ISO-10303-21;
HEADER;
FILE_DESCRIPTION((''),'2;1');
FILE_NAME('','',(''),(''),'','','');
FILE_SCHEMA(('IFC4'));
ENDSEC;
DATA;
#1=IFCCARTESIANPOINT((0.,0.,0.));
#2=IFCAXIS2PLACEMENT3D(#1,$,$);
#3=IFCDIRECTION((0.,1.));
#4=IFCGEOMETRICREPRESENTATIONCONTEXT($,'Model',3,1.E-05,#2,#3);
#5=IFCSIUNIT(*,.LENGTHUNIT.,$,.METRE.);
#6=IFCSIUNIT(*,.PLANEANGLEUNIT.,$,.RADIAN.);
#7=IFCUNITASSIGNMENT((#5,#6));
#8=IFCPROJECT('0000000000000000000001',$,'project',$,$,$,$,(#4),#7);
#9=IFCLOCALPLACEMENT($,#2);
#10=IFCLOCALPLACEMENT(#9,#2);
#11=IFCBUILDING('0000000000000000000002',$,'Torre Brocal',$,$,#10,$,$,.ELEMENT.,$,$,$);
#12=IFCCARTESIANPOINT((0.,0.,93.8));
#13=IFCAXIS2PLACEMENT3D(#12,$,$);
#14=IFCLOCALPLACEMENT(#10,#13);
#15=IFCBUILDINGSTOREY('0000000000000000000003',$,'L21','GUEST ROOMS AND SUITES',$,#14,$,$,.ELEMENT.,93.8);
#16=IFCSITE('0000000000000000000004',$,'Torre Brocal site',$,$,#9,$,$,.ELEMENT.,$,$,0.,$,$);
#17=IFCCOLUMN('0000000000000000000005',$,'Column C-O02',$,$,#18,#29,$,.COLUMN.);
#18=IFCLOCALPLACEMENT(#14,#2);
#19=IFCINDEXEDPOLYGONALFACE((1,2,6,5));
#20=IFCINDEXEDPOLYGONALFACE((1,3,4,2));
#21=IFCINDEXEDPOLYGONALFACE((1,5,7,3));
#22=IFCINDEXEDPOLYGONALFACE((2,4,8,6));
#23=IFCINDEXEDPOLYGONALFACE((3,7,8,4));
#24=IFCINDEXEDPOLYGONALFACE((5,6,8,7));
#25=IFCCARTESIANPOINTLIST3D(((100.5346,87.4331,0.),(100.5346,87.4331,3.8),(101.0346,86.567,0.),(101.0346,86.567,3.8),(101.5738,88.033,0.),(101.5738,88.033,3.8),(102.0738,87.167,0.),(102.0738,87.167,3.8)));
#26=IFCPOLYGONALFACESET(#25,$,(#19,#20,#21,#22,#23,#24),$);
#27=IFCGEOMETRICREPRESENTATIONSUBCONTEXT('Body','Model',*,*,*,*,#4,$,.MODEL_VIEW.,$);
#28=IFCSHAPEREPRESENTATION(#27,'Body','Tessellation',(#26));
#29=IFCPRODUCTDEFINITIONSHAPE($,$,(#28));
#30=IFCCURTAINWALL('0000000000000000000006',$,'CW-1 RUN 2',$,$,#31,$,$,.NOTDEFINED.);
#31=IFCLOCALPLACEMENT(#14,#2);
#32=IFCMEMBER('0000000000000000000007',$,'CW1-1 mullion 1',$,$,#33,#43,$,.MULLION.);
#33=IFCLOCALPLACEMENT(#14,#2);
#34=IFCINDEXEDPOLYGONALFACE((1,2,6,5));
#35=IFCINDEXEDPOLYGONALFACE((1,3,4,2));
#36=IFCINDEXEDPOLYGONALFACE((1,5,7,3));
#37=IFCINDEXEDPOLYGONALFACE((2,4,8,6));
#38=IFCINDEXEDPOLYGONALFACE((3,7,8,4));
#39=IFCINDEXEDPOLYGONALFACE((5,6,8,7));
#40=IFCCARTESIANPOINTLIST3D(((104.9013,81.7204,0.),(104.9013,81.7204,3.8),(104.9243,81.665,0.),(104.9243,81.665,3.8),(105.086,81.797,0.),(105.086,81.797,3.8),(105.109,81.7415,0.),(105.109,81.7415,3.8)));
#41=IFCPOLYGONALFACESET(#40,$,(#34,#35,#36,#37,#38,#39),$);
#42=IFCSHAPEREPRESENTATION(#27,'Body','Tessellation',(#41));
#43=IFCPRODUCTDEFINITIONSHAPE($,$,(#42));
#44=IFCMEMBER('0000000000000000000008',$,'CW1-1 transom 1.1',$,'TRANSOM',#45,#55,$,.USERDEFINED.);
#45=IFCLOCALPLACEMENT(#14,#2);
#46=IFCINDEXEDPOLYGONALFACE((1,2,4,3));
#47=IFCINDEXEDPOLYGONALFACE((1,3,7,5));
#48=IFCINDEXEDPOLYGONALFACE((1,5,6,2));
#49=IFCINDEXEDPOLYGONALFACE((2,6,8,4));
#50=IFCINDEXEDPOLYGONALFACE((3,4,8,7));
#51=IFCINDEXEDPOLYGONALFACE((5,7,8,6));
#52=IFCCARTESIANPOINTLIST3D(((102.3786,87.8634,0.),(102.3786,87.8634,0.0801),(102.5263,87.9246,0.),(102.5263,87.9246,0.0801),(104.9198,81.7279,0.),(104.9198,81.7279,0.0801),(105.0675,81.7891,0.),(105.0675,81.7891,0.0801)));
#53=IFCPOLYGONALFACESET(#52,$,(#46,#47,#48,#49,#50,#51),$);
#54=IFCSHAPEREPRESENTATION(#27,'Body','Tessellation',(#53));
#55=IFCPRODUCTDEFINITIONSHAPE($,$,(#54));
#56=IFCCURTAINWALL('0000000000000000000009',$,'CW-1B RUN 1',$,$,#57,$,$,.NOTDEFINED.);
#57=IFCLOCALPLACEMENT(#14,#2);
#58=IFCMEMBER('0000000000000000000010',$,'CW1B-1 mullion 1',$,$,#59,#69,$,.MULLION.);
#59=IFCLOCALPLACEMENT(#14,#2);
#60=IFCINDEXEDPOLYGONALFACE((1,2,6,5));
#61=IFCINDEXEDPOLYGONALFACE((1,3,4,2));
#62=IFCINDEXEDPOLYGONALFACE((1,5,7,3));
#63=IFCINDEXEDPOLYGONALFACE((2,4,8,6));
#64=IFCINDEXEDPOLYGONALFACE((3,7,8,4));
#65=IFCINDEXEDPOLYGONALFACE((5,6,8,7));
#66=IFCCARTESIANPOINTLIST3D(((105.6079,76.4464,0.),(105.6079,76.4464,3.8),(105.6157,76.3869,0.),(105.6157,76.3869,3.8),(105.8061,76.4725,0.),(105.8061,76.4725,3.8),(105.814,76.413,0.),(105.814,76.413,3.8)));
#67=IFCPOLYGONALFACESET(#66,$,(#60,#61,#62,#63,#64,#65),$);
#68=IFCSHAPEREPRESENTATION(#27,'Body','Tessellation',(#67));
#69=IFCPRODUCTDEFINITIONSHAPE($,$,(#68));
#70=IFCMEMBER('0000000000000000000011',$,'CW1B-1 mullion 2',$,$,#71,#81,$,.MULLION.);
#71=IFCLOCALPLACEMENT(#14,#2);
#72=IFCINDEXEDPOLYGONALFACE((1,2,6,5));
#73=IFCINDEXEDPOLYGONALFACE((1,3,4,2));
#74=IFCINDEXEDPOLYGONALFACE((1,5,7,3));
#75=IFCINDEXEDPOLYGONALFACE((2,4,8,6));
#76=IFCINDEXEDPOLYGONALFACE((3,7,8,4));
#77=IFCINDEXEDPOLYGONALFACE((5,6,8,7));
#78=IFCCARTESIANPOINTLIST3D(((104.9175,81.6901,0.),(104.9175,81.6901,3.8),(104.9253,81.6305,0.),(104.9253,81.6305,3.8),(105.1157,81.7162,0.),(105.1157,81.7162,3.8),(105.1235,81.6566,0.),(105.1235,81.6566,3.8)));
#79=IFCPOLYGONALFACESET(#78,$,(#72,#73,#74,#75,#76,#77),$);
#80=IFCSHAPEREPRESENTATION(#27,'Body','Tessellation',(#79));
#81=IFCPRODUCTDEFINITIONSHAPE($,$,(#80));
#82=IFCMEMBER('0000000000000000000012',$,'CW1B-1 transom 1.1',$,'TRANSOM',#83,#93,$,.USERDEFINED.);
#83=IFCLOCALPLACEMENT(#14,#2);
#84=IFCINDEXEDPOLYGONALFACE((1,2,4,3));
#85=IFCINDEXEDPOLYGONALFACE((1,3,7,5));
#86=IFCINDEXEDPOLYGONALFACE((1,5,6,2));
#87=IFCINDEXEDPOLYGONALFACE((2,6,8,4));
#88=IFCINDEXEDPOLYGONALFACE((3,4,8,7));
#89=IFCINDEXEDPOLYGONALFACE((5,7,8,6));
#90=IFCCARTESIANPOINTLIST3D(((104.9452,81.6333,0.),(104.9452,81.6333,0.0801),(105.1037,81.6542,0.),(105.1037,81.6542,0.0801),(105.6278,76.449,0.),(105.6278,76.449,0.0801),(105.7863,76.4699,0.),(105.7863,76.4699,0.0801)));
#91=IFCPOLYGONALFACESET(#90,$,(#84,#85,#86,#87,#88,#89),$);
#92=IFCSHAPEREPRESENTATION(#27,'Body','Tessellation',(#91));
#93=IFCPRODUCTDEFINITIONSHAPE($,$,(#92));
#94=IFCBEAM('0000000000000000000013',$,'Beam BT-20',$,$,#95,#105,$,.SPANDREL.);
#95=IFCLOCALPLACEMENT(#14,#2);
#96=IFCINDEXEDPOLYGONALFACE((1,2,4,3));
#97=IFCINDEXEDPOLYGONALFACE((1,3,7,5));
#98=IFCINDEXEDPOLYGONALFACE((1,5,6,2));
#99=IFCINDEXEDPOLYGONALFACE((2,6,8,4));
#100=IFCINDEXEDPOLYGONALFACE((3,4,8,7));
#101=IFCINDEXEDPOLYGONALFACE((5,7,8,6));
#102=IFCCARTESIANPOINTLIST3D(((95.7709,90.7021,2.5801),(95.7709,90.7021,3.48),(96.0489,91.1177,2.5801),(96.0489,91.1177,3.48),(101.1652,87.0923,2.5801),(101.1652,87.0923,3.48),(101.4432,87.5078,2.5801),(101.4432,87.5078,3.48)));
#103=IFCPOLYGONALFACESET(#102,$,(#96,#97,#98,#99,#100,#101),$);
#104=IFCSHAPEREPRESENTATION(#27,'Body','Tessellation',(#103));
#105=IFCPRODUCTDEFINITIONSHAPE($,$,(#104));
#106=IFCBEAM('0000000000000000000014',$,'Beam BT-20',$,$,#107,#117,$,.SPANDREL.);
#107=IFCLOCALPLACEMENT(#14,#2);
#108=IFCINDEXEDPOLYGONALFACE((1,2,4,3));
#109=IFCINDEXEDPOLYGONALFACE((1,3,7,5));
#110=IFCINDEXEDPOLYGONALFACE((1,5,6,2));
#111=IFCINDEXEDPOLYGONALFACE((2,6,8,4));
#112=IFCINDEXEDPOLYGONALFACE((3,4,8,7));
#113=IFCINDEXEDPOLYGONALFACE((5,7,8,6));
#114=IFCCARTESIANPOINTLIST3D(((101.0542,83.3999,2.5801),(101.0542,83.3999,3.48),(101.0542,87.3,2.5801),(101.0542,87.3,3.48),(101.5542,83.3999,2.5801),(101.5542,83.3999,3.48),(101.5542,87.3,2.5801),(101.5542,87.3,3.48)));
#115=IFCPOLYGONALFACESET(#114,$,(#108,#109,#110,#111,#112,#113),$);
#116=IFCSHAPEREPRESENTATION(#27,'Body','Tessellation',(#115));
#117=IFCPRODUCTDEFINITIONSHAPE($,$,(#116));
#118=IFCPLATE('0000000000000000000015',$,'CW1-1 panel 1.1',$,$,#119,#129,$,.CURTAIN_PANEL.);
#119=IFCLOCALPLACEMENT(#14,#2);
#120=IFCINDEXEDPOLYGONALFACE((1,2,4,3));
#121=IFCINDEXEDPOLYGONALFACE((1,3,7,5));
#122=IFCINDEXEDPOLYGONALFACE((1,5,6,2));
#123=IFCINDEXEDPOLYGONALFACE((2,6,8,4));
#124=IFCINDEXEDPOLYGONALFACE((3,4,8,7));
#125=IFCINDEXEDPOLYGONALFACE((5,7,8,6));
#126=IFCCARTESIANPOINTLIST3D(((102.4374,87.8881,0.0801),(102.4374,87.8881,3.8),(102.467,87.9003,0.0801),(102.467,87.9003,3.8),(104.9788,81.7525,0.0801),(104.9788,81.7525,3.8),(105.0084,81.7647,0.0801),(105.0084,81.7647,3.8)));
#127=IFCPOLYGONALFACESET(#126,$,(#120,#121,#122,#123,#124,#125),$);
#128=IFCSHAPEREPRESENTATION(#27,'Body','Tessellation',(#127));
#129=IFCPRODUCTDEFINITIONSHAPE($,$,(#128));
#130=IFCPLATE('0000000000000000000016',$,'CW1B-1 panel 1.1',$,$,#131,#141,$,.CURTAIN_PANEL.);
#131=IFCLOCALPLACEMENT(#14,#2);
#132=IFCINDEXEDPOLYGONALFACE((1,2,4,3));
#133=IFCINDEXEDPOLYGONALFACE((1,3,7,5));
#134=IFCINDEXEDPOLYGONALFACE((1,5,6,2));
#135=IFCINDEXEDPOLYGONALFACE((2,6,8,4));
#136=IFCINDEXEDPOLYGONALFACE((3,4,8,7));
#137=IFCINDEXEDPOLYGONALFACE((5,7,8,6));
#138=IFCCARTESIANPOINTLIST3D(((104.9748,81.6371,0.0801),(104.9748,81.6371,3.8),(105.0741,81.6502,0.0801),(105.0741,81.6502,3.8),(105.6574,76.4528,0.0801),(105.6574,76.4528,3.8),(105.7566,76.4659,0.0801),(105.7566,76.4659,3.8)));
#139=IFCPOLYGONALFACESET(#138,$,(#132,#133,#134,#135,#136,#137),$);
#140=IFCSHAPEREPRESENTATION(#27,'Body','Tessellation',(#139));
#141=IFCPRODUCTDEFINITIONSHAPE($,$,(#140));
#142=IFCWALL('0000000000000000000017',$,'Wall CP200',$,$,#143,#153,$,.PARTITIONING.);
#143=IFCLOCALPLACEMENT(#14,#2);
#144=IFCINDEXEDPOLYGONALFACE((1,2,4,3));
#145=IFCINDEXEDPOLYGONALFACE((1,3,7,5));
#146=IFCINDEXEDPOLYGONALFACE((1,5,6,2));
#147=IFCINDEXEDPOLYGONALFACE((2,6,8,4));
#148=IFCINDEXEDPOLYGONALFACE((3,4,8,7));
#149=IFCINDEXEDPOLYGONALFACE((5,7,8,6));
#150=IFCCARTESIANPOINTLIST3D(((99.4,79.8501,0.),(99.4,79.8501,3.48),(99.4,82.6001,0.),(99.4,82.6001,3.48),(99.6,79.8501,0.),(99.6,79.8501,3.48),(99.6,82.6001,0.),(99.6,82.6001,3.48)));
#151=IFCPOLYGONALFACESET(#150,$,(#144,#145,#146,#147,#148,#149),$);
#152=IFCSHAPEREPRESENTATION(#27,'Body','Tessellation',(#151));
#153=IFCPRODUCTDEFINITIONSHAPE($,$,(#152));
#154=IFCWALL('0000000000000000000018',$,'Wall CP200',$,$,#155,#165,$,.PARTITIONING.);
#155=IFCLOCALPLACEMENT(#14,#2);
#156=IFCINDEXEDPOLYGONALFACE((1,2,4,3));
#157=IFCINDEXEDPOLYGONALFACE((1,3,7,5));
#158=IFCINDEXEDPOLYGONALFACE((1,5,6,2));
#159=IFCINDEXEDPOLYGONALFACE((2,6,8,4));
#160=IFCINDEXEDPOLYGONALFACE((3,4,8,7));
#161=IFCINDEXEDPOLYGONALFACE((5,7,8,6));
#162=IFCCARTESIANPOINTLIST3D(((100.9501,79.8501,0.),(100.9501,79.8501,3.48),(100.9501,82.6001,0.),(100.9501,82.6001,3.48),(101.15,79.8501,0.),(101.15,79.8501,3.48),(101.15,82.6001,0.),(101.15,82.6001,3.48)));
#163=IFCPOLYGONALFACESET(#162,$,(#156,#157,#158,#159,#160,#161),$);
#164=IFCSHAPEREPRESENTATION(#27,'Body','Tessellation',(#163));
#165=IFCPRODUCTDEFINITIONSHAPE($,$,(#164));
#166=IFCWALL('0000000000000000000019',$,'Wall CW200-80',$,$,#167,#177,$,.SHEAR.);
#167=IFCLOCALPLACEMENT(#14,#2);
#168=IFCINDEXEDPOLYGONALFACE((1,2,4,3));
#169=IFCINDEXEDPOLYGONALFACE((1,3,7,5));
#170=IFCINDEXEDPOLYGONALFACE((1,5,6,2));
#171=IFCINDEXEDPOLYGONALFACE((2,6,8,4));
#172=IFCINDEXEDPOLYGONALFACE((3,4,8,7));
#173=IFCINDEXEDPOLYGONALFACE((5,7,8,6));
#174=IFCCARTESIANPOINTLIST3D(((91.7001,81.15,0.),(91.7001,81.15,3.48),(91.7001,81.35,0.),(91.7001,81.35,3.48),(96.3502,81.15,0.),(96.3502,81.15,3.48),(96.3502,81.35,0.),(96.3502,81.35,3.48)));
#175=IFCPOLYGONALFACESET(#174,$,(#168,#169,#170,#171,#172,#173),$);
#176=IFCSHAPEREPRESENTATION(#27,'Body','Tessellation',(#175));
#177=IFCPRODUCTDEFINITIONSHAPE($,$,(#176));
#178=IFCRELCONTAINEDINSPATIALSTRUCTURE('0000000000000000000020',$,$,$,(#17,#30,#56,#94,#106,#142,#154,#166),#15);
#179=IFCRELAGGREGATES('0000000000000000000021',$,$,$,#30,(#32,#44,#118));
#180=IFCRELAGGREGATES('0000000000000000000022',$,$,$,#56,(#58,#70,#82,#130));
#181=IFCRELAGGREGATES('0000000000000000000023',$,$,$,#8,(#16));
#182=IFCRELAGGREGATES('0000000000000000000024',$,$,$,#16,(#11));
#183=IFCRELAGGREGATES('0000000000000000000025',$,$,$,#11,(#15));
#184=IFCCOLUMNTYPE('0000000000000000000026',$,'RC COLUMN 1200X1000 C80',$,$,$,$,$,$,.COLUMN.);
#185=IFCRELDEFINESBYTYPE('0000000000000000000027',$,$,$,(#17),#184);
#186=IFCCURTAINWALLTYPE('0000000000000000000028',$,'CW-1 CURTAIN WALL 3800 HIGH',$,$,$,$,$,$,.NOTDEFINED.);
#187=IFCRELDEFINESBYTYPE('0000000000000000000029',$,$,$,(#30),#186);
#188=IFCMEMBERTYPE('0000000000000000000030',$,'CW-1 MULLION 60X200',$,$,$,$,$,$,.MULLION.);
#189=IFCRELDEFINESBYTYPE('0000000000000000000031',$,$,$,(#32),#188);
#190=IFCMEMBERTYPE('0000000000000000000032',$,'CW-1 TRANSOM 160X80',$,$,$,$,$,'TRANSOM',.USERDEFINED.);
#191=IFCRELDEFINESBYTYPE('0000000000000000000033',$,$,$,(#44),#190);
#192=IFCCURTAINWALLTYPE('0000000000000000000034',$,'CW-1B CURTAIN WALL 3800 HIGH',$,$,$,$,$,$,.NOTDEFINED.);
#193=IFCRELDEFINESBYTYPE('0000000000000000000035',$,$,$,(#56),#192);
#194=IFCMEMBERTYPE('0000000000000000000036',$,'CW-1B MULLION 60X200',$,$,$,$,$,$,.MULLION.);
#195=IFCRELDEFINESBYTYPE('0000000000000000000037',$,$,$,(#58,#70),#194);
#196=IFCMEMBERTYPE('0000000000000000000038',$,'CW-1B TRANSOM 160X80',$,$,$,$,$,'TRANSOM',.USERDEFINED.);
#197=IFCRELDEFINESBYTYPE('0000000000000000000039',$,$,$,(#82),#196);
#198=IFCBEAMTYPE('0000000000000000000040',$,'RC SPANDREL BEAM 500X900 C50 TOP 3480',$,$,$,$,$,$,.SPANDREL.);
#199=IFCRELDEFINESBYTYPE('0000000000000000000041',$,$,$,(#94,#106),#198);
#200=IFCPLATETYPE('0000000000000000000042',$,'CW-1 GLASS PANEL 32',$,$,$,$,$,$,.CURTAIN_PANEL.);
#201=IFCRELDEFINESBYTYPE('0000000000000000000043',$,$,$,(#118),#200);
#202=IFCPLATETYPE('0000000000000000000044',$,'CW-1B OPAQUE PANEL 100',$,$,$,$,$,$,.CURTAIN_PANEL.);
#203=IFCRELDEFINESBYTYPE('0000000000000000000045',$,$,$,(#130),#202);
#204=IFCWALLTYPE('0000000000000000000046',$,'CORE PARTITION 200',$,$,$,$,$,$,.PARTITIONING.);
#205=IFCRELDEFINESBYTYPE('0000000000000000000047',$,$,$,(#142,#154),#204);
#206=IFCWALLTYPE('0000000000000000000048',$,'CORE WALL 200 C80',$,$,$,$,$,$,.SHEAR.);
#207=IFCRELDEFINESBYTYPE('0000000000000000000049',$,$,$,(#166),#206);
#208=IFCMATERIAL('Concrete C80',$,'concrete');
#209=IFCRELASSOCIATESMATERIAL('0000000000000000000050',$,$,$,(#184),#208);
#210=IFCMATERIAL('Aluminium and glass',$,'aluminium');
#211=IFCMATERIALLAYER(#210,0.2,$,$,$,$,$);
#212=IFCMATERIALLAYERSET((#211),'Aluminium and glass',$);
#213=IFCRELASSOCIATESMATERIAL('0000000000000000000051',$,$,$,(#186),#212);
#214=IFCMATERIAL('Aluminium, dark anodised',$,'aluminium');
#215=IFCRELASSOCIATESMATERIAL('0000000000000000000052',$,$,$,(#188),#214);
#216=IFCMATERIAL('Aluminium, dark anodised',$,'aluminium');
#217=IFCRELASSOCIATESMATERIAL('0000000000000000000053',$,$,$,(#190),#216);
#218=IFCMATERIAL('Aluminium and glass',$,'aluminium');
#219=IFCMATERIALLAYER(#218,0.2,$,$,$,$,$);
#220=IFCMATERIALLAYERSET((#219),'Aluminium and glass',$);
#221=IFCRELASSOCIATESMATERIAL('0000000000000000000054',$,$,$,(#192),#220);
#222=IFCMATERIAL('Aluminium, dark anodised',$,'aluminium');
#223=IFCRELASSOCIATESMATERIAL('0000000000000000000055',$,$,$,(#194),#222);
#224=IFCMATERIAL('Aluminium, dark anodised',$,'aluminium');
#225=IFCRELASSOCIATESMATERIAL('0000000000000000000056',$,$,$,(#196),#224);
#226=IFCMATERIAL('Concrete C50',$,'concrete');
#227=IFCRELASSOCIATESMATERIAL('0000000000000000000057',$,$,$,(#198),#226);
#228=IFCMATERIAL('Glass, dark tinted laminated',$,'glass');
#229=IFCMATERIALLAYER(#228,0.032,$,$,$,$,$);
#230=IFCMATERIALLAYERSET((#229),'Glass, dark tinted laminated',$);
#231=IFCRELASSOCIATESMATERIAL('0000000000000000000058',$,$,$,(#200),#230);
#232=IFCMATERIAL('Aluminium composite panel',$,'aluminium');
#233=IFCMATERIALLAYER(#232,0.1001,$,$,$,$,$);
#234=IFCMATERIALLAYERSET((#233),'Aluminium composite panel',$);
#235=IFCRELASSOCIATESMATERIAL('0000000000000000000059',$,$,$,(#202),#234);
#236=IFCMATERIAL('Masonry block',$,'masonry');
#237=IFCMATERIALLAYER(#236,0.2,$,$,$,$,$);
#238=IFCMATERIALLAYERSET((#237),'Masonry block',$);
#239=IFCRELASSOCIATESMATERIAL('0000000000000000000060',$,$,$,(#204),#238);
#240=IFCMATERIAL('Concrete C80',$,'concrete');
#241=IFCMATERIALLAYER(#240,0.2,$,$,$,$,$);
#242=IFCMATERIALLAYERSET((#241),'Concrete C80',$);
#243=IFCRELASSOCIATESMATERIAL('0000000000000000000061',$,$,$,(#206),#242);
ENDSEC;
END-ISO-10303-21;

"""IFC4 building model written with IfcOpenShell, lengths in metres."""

from ifc_helpers import new_model, si_unit, direction, frame, frame_2d, origin, origin_2d, place, context, subcontext, project, spatial, rectangle, extrude, material, layer, layer_set, material_profile, profile_set, type_object, element, aggregate, save


model = new_model("IFC4")

# Units and contexts
model_context = context("Model", 3, precision=1e-05, world=origin(), true_north=direction((0.0, 1.0)))
body_context = subcontext(model_context, "Body", "Model", "MODEL_VIEW")
ifc_project = project(units=[si_unit("LENGTHUNIT", "METRE"), si_unit("PLANEANGLEUNIT", "RADIAN")], contexts=[model_context])

# Site, building, storey
site_placement = place(None, origin())
site = spatial("IfcSite", under=ifc_project, at=site_placement, Name="Torre Brocal site", CompositionType="ELEMENT", RefElevation=0.0)
building_placement = place(site_placement, origin())
building = spatial("IfcBuilding", under=site, at=building_placement, Name="Torre Brocal", CompositionType="ELEMENT")
storey_placement = place(building_placement, frame((0.0, 0.0, 93.8)))
storey = spatial("IfcBuildingStorey", under=building, at=storey_placement, Name="L21", Description="GUEST ROOMS AND SUITES", CompositionType="ELEMENT", Elevation=93.8)

# Column
ifc_material_1 = material(Name="Concrete C80", Category="concrete")
ifc_material_profile_1 = material_profile(ifc_material_1, rectangle(XDim=1.2, YDim=1.0, at=origin_2d()), Name="RC 1200X1000")
ifc_profile_set_1 = profile_set([ifc_material_profile_1], Name="Concrete C80")
column_type = type_object("IfcColumnType", Name="RC COLUMN 1200X1000 C80", PredefinedType="COLUMN", material=ifc_profile_set_1)
column_placement = place(storey_placement, frame((101.3042, 87.3, 0.0), z_axis=(0.0, 0.0, 1.0), x_axis=(0.866025, 0.5, 0.0)))
element("IfcColumn", 1, at=column_placement, inside=storey, type_object=column_type, Name="Column C-O02", PredefinedType="COLUMN", context=body_context, shape_type="SweptSolid", body=[
    extrude(rectangle(XDim=1.2, YDim=1.0, at=origin_2d()), origin(), (0.0, 0.0, 1.0), 3.8),
])

# Curtain walls, members
ifc_material_2 = material(Name="Aluminium and glass", Category="aluminium")
ifc_layer_1 = layer(ifc_material_2, 0.2)
ifc_layer_set_1 = layer_set([ifc_layer_1], Name="Aluminium and glass")
curtain_wall_type_1 = type_object("IfcCurtainWallType", Name="CW-1 CURTAIN WALL 3800 HIGH", PredefinedType="NOTDEFINED", material=ifc_layer_set_1)
curtain_wall_1_placement = place(storey_placement, origin())
curtain_wall_1 = element("IfcCurtainWall", 2, at=curtain_wall_1_placement, inside=storey, type_object=curtain_wall_type_1, Name="CW-1 RUN 2", PredefinedType="NOTDEFINED")
ifc_material_3 = material(Name="Aluminium, dark anodised", Category="aluminium")
ifc_material_profile_2 = material_profile(ifc_material_3, rectangle(XDim=0.2, YDim=0.0601, at=origin_2d()), Name="CW-1 MULLION 60X200")
ifc_profile_set_2 = profile_set([ifc_material_profile_2], Name="Aluminium, dark anodised")
member_type_1 = type_object("IfcMemberType", Name="CW-1 MULLION 60X200", PredefinedType="MULLION", material=ifc_profile_set_2)
member_1_placement = place(storey_placement, frame((105.0051, 81.731, 0.0), z_axis=(0.0, 0.0, 1.0), x_axis=(-0.92388, -0.382683, 0.0)))
member_1 = element("IfcMember", 3, at=member_1_placement, type_object=member_type_1, Name="CW1-1 mullion 1", PredefinedType="MULLION", context=body_context, shape_type="SweptSolid", body=[
    extrude(rectangle(XDim=0.2, YDim=0.0601, at=origin_2d()), origin(), (0.0, 0.0, 1.0), 3.8),
])
ifc_material_4 = material(Name="Aluminium, dark anodised", Category="aluminium")
ifc_material_profile_3 = material_profile(ifc_material_4, rectangle(XDim=0.1599, YDim=0.0801, at=origin_2d()), Name="CW-1 TRANSOM 160X80")
ifc_profile_set_3 = profile_set([ifc_material_profile_3], Name="Aluminium, dark anodised")
member_type_2 = type_object("IfcMemberType", Name="CW-1 TRANSOM 160X80", ElementType="TRANSOM", PredefinedType="USERDEFINED", material=ifc_profile_set_3)
member_2_placement = place(storey_placement, frame((104.9937, 81.7585, 0.04), z_axis=(-0.382665, 0.923887, 0.0), x_axis=(-0.923887, -0.382665, 0.0)))
member_2 = element("IfcMember", 4, at=member_2_placement, type_object=member_type_2, Name="CW1-1 transom 1.1", ObjectType="TRANSOM", PredefinedType="USERDEFINED", context=body_context, shape_type="SweptSolid", body=[
    extrude(rectangle(XDim=0.1599, YDim=0.0801, at=origin_2d()), origin(), (0.0, 0.0, 1.0), 6.6409),
])
ifc_material_5 = material(Name="Aluminium and glass", Category="aluminium")
ifc_layer_2 = layer(ifc_material_5, 0.2)
ifc_layer_set_2 = layer_set([ifc_layer_2], Name="Aluminium and glass")
curtain_wall_type_2 = type_object("IfcCurtainWallType", Name="CW-1B CURTAIN WALL 3800 HIGH", PredefinedType="NOTDEFINED", material=ifc_layer_set_2)
curtain_wall_2_placement = place(storey_placement, origin())
curtain_wall_2 = element("IfcCurtainWall", 5, at=curtain_wall_2_placement, inside=storey, type_object=curtain_wall_type_2, Name="CW-1B RUN 1", PredefinedType="NOTDEFINED")
ifc_material_6 = material(Name="Aluminium, dark anodised", Category="aluminium")
ifc_material_profile_4 = material_profile(ifc_material_6, rectangle(XDim=0.2, YDim=0.0601, at=origin_2d()), Name="CW-1B MULLION 60X200")
ifc_profile_set_4 = profile_set([ifc_material_profile_4], Name="Aluminium, dark anodised")
member_type_3 = type_object("IfcMemberType", Name="CW-1B MULLION 60X200", PredefinedType="MULLION", material=ifc_profile_set_4)
member_3_placement = place(storey_placement, frame((105.7109, 76.4297, 0.0), z_axis=(0.0, 0.0, 1.0), x_axis=(-0.991445, -0.130526, 0.0)))
member_3 = element("IfcMember", 6, at=member_3_placement, type_object=member_type_3, Name="CW1B-1 mullion 1", PredefinedType="MULLION", context=body_context, shape_type="SweptSolid", body=[
    extrude(rectangle(XDim=0.2, YDim=0.0601, at=origin_2d()), origin(), (0.0, 0.0, 1.0), 3.8),
])
member_4_placement = place(storey_placement, frame((105.0205, 81.6733, 0.0), z_axis=(0.0, 0.0, 1.0), x_axis=(-0.991445, -0.130526, 0.0)))
member_4 = element("IfcMember", 7, at=member_4_placement, type_object=member_type_3, Name="CW1B-1 mullion 2", PredefinedType="MULLION", context=body_context, shape_type="SweptSolid", body=[
    extrude(rectangle(XDim=0.2, YDim=0.0601, at=origin_2d()), origin(), (0.0, 0.0, 1.0), 3.8),
])
ifc_material_7 = material(Name="Aluminium, dark anodised", Category="aluminium")
ifc_material_profile_5 = material_profile(ifc_material_7, rectangle(XDim=0.1599, YDim=0.0801, at=origin_2d()), Name="CW-1B TRANSOM 160X80")
ifc_profile_set_5 = profile_set([ifc_material_profile_5], Name="Aluminium, dark anodised")
member_type_4 = type_object("IfcMemberType", Name="CW-1B TRANSOM 160X80", ElementType="TRANSOM", PredefinedType="USERDEFINED", material=ifc_profile_set_5)
member_5_placement = place(storey_placement, frame((105.707, 76.4595, 0.04), z_axis=(-0.130543, 0.991443, 0.0), x_axis=(-0.991443, -0.130543, 0.0)))
member_5 = element("IfcMember", 8, at=member_5_placement, type_object=member_type_4, Name="CW1B-1 transom 1.1", ObjectType="TRANSOM", PredefinedType="USERDEFINED", context=body_context, shape_type="SweptSolid", body=[
    extrude(rectangle(XDim=0.1599, YDim=0.0801, at=origin_2d()), origin(), (0.0, 0.0, 1.0), 5.229),
])

# Beams
ifc_material_8 = material(Name="Concrete C50", Category="concrete")
ifc_material_profile_6 = material_profile(ifc_material_8, rectangle(XDim=0.5, YDim=0.8999, at=origin_2d()), Name="RC 500X900")
ifc_profile_set_6 = profile_set([ifc_material_profile_6], Name="Concrete C50")
beam_type = type_object("IfcBeamType", Name="RC SPANDREL BEAM 500X900 C50 TOP 3480", PredefinedType="SPANDREL", material=ifc_profile_set_6)
beam_1_placement = place(storey_placement, frame((101.3042, 87.3, 3.03), z_axis=(-0.831077, 0.556158, 0.0), x_axis=(-0.556158, -0.831077, 0.0)))
element("IfcBeam", 9, at=beam_1_placement, inside=storey, type_object=beam_type, Name="Beam BT-20", PredefinedType="SPANDREL", context=body_context, shape_type="SweptSolid", body=[
    extrude(rectangle(XDim=0.5, YDim=0.8999, at=origin_2d()), origin(), (0.0, 0.0, 1.0), 6.4907),
])
beam_2_placement = place(storey_placement, frame((101.3042, 87.3, 3.03), z_axis=(0.0, -1.0, 0.0), x_axis=(1.0, 0.0, 0.0)))
element("IfcBeam", 10, at=beam_2_placement, inside=storey, type_object=beam_type, Name="Beam BT-20", PredefinedType="SPANDREL", context=body_context, shape_type="SweptSolid", body=[
    extrude(rectangle(XDim=0.5, YDim=0.8999, at=origin_2d()), origin(), (0.0, 0.0, 1.0), 3.9001),
])

# Plates
ifc_material_9 = material(Name="Glass, dark tinted laminated", Category="glass")
ifc_layer_3 = layer(ifc_material_9, 0.032)
ifc_layer_set_3 = layer_set([ifc_layer_3], Name="Glass, dark tinted laminated")
plate_type_1 = type_object("IfcPlateType", Name="CW-1 GLASS PANEL 32", PredefinedType="CURTAIN_PANEL", material=ifc_layer_set_3)
plate_1_placement = place(storey_placement, frame((103.7229, 84.8264, 0.0801), z_axis=(0.0, 0.0, 1.0), x_axis=(-0.382683, 0.92388, 0.0)))
plate_1 = element("IfcPlate", 11, at=plate_1_placement, type_object=plate_type_1, Name="CW1-1 panel 1.1", PredefinedType="CURTAIN_PANEL", context=body_context, shape_type="SweptSolid", body=[
    extrude(rectangle(XDim=6.6411, YDim=0.032, at=origin_2d()), origin(), (0.0, 0.0, 1.0), 3.72),
])
aggregate(curtain_wall_1, [member_1, member_2, plate_1])
ifc_material_10 = material(Name="Aluminium composite panel", Category="aluminium")
ifc_layer_4 = layer(ifc_material_10, 0.1001)
ifc_layer_set_4 = layer_set([ifc_layer_4], Name="Aluminium composite panel")
plate_type_2 = type_object("IfcPlateType", Name="CW-1B OPAQUE PANEL 100", PredefinedType="CURTAIN_PANEL", material=ifc_layer_set_4)
plate_2_placement = place(storey_placement, frame((105.3657, 79.0515, 0.0801), z_axis=(0.0, 0.0, 1.0), x_axis=(-0.130526, 0.991445, 0.0)))
plate_2 = element("IfcPlate", 12, at=plate_2_placement, type_object=plate_type_2, Name="CW1B-1 panel 1.1", PredefinedType="CURTAIN_PANEL", context=body_context, shape_type="SweptSolid", body=[
    extrude(rectangle(XDim=5.229, YDim=0.1001, at=origin_2d()), origin(), (0.0, 0.0, 1.0), 3.72),
])
aggregate(curtain_wall_2, [member_3, member_4, member_5, plate_2])

# Walls
ifc_material_11 = material(Name="Masonry block", Category="masonry")
ifc_layer_5 = layer(ifc_material_11, 0.2)
ifc_layer_set_5 = layer_set([ifc_layer_5], Name="Masonry block")
wall_type_1 = type_object("IfcWallType", Name="CORE PARTITION 200", PredefinedType="PARTITIONING", material=ifc_layer_set_5)
for number, where, z_axis, x_axis, name in (
    (13, (99.5, 79.8501, 0.0), (0.0, 0.0, 1.0), (0.0, 1.0, 0.0), "Wall CP200"),
    (14, (101.05, 79.8501, 0.0), (0.0, 0.0, 1.0), (0.0, 1.0, 0.0), "Wall CP200"),
):
    element("IfcWall", number, at=place(storey_placement, frame(where, z_axis=z_axis, x_axis=x_axis)), inside=storey, type_object=wall_type_1, Name=name, PredefinedType="PARTITIONING", context=body_context, shape_type="SweptSolid", body=[
        extrude(rectangle(XDim=2.75, YDim=0.2, at=frame_2d((1.375, 0.0))), origin(), (0.0, 0.0, 1.0), 3.48),
    ])
ifc_material_12 = material(Name="Concrete C80", Category="concrete")
ifc_layer_6 = layer(ifc_material_12, 0.2)
ifc_layer_set_6 = layer_set([ifc_layer_6], Name="Concrete C80")
wall_type_2 = type_object("IfcWallType", Name="CORE WALL 200 C80", PredefinedType="SHEAR", material=ifc_layer_set_6)
wall_1_placement = place(storey_placement, frame((91.7, 81.25, 0.0), z_axis=(0.0, 0.0, 1.0), x_axis=(1.0, 0.0, 0.0)))
element("IfcWall", 15, at=wall_1_placement, inside=storey, type_object=wall_type_2, Name="Wall CW200-80", PredefinedType="SHEAR", context=body_context, shape_type="SweptSolid", body=[
    extrude(rectangle(XDim=4.6501, YDim=0.2, at=frame_2d((2.3252, 0.0))), origin(), (0.0, 0.0, 1.0), 3.48),
])

save(model, "model.ifc")
